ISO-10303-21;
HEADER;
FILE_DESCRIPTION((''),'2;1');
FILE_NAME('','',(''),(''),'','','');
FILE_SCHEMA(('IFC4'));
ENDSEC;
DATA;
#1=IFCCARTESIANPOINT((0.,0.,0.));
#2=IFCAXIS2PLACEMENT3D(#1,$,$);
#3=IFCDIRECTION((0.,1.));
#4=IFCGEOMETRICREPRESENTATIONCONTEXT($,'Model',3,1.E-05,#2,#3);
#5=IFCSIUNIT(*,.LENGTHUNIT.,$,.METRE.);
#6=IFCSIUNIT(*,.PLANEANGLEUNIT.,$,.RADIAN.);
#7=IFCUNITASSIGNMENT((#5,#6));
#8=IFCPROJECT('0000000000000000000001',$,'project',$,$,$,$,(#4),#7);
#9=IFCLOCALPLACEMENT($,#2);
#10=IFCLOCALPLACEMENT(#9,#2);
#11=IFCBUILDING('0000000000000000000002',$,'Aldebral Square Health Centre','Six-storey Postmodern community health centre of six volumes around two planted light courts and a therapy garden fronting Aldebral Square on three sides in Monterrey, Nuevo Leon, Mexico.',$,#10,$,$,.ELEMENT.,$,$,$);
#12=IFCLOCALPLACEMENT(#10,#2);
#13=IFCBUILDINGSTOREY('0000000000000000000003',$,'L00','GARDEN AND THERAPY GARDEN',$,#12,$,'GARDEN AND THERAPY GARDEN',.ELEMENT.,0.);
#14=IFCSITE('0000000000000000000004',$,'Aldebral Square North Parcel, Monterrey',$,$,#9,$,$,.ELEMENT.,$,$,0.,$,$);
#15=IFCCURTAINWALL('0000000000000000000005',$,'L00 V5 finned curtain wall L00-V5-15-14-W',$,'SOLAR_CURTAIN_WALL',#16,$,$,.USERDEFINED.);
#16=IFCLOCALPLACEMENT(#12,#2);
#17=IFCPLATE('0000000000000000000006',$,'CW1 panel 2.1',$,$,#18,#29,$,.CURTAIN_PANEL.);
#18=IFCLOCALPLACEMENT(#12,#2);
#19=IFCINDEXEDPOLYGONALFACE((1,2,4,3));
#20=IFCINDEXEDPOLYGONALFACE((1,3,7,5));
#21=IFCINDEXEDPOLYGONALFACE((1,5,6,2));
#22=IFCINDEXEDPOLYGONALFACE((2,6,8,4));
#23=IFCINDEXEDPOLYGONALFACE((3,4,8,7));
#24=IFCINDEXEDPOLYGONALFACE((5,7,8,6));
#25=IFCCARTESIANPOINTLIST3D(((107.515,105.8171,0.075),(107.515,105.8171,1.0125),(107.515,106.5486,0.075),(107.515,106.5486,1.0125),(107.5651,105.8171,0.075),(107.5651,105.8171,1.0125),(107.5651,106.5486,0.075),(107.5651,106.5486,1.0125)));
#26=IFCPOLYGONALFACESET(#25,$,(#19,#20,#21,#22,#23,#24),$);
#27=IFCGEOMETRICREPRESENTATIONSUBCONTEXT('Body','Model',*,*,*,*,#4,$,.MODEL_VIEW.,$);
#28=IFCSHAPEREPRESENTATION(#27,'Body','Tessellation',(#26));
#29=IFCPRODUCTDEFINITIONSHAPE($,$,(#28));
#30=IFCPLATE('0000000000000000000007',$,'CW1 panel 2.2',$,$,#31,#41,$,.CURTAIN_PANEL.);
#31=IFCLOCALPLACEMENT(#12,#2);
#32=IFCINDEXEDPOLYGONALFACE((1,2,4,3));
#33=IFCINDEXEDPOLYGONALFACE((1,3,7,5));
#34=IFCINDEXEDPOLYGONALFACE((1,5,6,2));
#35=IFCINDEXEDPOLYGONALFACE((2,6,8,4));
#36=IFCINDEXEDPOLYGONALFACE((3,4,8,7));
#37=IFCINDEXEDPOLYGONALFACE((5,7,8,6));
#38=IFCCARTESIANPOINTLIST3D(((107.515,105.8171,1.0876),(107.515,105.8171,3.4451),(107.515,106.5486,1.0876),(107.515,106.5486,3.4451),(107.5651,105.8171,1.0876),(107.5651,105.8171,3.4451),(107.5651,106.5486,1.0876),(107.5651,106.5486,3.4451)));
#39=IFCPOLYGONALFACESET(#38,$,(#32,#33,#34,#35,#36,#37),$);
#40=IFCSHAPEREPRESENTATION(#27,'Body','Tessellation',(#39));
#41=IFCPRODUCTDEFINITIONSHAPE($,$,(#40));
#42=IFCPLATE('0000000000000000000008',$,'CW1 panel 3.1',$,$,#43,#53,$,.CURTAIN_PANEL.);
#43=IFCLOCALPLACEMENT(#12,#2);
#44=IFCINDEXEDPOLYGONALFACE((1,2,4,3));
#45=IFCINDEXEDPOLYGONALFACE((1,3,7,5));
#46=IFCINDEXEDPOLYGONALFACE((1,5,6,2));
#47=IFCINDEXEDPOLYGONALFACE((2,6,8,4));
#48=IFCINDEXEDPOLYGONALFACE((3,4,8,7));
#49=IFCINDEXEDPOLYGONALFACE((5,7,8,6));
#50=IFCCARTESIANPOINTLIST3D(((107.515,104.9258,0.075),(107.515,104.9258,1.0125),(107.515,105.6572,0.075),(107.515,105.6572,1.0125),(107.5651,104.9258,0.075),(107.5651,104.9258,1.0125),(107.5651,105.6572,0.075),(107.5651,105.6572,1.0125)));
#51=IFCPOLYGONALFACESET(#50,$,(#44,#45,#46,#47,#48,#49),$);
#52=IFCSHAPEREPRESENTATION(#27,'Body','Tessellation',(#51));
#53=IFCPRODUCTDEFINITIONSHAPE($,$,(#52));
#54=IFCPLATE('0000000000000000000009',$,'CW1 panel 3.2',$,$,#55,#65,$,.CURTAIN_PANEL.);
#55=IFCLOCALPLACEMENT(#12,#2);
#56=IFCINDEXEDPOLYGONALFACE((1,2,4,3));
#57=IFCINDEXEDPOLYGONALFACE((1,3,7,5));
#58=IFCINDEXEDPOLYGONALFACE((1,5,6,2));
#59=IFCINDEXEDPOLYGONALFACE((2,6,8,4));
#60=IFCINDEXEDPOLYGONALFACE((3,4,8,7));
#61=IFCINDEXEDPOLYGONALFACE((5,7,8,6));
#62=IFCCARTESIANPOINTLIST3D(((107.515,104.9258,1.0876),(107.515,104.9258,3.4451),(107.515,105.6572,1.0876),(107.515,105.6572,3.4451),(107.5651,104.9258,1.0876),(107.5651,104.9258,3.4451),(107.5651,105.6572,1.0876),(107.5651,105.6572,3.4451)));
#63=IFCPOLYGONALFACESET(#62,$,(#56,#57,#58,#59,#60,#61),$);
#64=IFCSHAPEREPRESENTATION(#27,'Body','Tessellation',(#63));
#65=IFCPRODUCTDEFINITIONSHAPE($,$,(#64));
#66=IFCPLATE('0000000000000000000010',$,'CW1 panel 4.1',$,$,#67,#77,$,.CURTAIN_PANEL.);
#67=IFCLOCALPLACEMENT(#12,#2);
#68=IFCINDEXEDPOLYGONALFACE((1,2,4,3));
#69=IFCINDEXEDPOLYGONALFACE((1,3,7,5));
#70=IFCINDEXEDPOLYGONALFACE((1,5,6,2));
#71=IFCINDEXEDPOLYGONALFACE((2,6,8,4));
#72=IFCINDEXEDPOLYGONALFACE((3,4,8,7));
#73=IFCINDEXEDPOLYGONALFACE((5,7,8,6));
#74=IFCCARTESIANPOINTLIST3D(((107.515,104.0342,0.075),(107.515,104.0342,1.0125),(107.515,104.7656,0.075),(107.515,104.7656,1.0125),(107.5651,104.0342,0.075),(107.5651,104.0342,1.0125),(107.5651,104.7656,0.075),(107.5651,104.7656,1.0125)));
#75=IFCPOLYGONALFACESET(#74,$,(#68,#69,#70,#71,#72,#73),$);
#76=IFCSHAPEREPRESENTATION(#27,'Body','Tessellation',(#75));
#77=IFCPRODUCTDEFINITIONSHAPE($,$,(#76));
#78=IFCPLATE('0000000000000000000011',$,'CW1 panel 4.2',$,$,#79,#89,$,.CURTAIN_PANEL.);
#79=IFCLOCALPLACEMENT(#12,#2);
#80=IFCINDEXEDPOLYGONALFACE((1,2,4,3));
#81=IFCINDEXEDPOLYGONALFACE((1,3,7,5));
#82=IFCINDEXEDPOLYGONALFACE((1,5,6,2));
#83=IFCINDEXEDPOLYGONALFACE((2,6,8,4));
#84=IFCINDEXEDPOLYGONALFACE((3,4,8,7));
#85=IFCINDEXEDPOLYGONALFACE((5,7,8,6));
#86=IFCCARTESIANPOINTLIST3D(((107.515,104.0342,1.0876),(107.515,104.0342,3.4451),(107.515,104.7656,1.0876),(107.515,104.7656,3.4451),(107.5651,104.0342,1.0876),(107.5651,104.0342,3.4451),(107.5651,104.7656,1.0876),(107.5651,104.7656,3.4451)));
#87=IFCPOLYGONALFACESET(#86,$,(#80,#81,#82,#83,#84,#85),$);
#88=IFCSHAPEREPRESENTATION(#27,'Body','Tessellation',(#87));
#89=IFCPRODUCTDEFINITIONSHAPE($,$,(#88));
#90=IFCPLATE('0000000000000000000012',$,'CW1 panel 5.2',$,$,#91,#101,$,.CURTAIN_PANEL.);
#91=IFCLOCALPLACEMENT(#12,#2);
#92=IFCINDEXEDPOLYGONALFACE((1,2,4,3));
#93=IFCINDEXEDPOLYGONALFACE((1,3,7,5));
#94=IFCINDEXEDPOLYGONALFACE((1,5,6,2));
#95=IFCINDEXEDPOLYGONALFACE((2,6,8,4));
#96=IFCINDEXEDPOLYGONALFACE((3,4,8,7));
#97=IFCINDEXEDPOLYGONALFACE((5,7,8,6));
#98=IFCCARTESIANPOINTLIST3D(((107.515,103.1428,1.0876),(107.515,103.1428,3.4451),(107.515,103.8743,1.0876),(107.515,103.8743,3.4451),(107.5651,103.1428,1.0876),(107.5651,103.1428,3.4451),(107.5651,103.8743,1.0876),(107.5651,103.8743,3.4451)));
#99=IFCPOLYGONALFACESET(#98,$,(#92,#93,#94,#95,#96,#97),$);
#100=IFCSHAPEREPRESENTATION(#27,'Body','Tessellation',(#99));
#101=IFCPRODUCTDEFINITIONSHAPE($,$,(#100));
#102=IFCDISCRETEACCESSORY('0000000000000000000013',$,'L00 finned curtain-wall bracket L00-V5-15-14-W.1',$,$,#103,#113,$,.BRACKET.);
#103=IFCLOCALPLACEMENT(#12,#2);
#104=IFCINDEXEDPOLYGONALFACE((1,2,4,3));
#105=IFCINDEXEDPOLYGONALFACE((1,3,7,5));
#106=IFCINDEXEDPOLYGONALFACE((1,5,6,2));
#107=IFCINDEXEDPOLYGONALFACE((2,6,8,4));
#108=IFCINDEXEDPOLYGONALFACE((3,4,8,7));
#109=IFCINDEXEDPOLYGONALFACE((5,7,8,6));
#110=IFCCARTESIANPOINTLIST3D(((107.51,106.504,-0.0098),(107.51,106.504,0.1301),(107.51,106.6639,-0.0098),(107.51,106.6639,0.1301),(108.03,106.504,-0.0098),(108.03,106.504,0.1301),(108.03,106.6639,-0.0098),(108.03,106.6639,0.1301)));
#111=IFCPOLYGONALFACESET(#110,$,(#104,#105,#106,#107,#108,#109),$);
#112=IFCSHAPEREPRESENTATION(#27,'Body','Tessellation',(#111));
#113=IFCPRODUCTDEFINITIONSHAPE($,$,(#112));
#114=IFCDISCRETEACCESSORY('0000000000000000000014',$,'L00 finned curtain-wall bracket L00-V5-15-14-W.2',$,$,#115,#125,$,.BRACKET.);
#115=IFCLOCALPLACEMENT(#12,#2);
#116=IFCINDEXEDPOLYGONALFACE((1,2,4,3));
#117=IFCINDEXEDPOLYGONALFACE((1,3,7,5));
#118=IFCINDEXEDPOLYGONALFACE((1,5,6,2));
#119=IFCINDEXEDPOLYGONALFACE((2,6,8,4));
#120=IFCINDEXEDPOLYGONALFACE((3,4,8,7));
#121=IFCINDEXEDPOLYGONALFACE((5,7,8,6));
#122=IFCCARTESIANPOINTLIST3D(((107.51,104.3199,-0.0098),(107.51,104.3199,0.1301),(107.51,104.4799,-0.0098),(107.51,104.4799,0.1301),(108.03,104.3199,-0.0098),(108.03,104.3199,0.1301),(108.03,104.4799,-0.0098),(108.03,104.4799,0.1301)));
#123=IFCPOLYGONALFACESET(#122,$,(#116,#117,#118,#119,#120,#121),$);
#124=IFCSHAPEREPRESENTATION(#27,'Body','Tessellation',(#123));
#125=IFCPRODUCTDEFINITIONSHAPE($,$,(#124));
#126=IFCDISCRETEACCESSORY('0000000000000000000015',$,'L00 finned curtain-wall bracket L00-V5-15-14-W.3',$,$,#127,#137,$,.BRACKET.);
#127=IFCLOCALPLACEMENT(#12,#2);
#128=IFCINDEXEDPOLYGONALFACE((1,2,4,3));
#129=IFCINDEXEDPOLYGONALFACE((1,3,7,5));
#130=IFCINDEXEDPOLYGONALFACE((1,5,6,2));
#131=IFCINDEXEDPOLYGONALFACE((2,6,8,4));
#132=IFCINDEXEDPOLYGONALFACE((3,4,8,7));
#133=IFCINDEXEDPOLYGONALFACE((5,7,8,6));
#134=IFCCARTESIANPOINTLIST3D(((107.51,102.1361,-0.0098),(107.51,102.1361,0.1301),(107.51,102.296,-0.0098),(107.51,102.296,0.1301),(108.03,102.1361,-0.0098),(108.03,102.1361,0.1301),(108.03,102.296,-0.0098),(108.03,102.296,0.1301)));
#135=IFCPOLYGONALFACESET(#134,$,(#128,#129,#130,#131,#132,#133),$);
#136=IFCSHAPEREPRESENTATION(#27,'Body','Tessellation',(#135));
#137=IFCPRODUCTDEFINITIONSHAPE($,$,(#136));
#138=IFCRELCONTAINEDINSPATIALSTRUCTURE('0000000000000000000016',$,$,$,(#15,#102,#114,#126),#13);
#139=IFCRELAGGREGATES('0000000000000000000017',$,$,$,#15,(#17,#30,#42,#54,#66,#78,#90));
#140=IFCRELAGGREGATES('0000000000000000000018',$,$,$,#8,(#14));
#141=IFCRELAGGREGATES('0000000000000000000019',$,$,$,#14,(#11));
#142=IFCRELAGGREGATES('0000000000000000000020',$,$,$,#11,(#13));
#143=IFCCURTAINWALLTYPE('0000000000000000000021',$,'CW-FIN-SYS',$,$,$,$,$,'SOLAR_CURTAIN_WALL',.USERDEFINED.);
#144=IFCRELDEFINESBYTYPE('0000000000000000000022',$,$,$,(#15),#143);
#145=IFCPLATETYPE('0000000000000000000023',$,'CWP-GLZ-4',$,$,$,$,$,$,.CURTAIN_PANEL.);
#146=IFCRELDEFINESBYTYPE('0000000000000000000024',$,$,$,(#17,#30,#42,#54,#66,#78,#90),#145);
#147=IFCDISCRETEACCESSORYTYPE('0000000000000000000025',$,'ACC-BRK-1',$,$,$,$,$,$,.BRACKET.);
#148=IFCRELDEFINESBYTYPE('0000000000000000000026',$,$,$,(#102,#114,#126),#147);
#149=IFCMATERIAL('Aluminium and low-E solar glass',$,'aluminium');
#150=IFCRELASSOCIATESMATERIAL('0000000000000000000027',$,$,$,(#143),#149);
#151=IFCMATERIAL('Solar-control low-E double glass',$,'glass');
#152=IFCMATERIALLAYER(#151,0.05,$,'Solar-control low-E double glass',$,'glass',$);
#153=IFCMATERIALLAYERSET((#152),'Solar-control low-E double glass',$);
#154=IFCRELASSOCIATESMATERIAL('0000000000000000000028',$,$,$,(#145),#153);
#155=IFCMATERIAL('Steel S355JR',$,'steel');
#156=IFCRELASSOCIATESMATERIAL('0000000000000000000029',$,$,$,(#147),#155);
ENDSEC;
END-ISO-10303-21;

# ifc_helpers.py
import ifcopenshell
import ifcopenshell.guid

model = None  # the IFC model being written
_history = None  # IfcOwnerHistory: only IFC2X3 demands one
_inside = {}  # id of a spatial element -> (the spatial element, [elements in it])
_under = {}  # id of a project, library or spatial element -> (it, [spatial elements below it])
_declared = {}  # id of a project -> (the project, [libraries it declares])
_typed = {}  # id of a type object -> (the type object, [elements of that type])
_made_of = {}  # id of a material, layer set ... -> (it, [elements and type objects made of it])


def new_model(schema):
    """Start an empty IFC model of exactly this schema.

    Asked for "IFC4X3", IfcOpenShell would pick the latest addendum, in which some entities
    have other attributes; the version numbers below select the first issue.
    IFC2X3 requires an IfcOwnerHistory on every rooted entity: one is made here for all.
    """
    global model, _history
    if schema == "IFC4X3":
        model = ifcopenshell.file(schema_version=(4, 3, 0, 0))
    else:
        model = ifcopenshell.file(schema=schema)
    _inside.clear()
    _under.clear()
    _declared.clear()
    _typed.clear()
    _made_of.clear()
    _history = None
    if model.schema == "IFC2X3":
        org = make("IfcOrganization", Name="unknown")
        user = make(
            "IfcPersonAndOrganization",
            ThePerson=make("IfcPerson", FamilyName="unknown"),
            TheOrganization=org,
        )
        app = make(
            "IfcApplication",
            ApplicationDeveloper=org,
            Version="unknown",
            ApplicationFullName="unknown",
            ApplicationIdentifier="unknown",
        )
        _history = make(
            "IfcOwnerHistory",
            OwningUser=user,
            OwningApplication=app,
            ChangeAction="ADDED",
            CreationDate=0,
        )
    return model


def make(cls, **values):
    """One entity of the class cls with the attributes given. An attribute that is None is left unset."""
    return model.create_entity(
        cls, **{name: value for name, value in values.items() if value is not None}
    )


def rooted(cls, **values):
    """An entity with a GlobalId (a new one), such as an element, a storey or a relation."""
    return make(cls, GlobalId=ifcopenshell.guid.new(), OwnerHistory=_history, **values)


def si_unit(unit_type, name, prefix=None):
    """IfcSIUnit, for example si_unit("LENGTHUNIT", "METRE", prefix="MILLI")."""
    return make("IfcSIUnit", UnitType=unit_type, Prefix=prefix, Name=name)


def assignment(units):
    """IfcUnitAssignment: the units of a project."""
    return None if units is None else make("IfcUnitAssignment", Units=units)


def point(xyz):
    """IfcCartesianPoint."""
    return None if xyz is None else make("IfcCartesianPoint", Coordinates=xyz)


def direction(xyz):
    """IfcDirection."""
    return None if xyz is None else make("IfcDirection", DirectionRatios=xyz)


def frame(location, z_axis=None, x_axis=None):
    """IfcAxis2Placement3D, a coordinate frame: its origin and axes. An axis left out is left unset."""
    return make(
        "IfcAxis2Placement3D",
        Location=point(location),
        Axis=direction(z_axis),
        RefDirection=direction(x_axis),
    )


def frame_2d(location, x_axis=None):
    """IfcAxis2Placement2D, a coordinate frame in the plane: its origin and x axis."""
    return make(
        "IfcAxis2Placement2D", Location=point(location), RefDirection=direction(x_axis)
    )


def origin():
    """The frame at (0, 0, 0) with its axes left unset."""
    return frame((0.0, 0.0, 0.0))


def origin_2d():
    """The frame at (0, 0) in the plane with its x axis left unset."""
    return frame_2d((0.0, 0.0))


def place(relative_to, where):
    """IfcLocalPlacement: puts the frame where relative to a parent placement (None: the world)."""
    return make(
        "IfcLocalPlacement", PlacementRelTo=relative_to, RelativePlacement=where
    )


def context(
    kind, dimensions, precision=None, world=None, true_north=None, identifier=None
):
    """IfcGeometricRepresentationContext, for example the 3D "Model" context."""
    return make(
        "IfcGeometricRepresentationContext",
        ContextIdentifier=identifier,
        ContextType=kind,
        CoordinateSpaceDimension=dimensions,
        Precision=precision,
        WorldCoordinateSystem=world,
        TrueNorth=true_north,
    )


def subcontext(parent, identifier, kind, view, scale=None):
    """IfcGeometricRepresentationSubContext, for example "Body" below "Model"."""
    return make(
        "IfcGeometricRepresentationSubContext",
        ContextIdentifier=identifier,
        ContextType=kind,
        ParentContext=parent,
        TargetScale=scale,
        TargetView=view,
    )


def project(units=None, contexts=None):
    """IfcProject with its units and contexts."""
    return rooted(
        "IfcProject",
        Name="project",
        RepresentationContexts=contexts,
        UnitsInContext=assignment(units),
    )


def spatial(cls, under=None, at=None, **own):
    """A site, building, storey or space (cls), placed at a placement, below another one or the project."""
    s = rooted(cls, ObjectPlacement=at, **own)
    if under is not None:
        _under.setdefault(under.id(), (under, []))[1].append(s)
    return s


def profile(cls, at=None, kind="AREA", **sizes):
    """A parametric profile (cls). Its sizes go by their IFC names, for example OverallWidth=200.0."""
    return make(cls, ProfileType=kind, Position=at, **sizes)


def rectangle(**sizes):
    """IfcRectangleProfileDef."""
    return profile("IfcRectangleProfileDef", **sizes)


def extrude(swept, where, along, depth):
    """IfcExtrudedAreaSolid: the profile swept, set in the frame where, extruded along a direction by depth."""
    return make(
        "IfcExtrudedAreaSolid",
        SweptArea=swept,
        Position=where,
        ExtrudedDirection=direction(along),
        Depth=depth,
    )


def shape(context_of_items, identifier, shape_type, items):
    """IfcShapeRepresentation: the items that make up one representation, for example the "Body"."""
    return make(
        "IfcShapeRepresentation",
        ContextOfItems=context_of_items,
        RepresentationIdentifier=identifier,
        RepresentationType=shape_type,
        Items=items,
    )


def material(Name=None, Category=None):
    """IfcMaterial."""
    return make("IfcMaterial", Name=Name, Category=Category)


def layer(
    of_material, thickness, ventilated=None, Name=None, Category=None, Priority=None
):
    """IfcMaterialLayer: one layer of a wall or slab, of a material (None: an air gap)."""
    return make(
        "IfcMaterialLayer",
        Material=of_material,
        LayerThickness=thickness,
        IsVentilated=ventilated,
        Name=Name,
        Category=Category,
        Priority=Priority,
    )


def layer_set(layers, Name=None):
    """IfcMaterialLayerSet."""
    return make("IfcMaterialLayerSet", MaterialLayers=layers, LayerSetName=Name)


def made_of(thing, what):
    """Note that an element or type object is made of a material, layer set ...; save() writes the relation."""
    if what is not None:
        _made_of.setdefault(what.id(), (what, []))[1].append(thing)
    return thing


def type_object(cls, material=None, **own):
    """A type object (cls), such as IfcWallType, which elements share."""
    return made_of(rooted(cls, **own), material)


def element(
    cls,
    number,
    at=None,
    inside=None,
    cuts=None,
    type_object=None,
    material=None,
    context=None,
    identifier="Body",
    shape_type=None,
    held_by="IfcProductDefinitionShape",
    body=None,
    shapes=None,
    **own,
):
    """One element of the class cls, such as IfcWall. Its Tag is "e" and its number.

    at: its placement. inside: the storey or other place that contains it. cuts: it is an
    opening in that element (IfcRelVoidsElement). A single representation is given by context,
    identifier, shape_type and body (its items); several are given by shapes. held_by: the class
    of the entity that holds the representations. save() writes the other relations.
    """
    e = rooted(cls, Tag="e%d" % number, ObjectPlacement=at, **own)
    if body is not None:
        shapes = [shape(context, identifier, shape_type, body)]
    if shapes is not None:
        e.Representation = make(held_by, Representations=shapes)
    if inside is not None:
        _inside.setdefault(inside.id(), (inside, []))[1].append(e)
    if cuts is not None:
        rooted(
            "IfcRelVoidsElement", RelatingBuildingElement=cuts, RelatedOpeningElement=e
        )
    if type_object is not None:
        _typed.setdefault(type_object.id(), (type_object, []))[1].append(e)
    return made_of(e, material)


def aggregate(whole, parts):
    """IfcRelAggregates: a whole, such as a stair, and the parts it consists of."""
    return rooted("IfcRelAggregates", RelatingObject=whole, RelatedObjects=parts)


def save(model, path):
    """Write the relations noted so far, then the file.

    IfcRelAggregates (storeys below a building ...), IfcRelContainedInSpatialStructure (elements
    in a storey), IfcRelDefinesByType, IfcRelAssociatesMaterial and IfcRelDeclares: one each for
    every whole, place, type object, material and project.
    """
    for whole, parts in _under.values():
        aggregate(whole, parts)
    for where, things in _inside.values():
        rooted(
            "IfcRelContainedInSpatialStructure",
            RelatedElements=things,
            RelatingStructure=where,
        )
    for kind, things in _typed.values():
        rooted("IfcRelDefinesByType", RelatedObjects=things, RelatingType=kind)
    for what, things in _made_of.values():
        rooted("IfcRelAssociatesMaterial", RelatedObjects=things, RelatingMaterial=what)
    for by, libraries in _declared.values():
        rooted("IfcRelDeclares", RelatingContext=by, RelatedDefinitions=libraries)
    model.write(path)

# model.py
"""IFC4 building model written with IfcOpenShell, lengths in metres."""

from ifc_helpers import new_model, si_unit, direction, frame, origin, origin_2d, place, context, subcontext, project, spatial, rectangle, extrude, material, layer, layer_set, type_object, element, aggregate, save


model = new_model("IFC4")

# Units and contexts
model_context = context("Model", 3, precision=1e-05, world=origin(), true_north=direction((0.0, 1.0)))
body_context = subcontext(model_context, "Body", "Model", "MODEL_VIEW")
ifc_project = project(units=[si_unit("LENGTHUNIT", "METRE"), si_unit("PLANEANGLEUNIT", "RADIAN")], contexts=[model_context])

# Site, building, storey
site_placement = place(None, origin())
site = spatial("IfcSite", under=ifc_project, at=site_placement, Name="Aldebral Square North Parcel, Monterrey", CompositionType="ELEMENT", RefElevation=0.0)
building_placement = place(site_placement, origin())
building = spatial("IfcBuilding", under=site, at=building_placement, Name="Aldebral Square Health Centre", Description="Six-storey Postmodern community health centre of six volumes around two planted light courts and a therapy garden fronting Aldebral Square on three sides in Monterrey, Nuevo Leon, Mexico.", CompositionType="ELEMENT")
storey_placement = place(building_placement, origin())
storey = spatial("IfcBuildingStorey", under=building, at=storey_placement, Name="L00", Description="GARDEN AND THERAPY GARDEN", LongName="GARDEN AND THERAPY GARDEN", CompositionType="ELEMENT", Elevation=0.0)

# Curtain wall, plates
ifc_material_1 = material(Name="Aluminium and low-E solar glass", Category="aluminium")
curtain_wall_type = type_object("IfcCurtainWallType", Name="CW-FIN-SYS", ElementType="SOLAR_CURTAIN_WALL", PredefinedType="USERDEFINED", material=ifc_material_1)
curtain_wall_placement = place(storey_placement, origin())
curtain_wall = element("IfcCurtainWall", 1, at=curtain_wall_placement, inside=storey, type_object=curtain_wall_type, Name="L00 V5 finned curtain wall L00-V5-15-14-W", ObjectType="SOLAR_CURTAIN_WALL", PredefinedType="USERDEFINED")
ifc_material_2 = material(Name="Solar-control low-E double glass", Category="glass")
ifc_layer_1 = layer(ifc_material_2, 0.05, Name="Solar-control low-E double glass", Category="glass")
ifc_layer_set_1 = layer_set([ifc_layer_1], Name="Solar-control low-E double glass")
plate_type = type_object("IfcPlateType", Name="CWP-GLZ-4", PredefinedType="CURTAIN_PANEL", material=ifc_layer_set_1)
plate_1_placement = place(storey_placement, frame((107.54, 106.1829, 0.075), z_axis=(0.0, 0.0, 1.0), x_axis=(0.0, -1.0, 0.0)))
plate_1 = element("IfcPlate", 2, at=plate_1_placement, type_object=plate_type, Name="CW1 panel 2.1", PredefinedType="CURTAIN_PANEL", context=body_context, shape_type="SweptSolid", body=[
    extrude(rectangle(XDim=0.7314, YDim=0.05, at=origin_2d()), origin(), (0.0, 0.0, 1.0), 0.9375),
])
plate_2_placement = place(storey_placement, frame((107.54, 106.1829, 1.0876), z_axis=(0.0, 0.0, 1.0), x_axis=(0.0, -1.0, 0.0)))
plate_2 = element("IfcPlate", 3, at=plate_2_placement, type_object=plate_type, Name="CW1 panel 2.2", PredefinedType="CURTAIN_PANEL", context=body_context, shape_type="SweptSolid", body=[
    extrude(rectangle(XDim=0.7314, YDim=0.05, at=origin_2d()), origin(), (0.0, 0.0, 1.0), 2.3574),
])
plate_3_placement = place(storey_placement, frame((107.54, 105.2915, 0.075), z_axis=(0.0, 0.0, 1.0), x_axis=(0.0, -1.0, 0.0)))
plate_3 = element("IfcPlate", 4, at=plate_3_placement, type_object=plate_type, Name="CW1 panel 3.1", PredefinedType="CURTAIN_PANEL", context=body_context, shape_type="SweptSolid", body=[
    extrude(rectangle(XDim=0.7314, YDim=0.05, at=origin_2d()), origin(), (0.0, 0.0, 1.0), 0.9375),
])
plate_4_placement = place(storey_placement, frame((107.54, 105.2915, 1.0876), z_axis=(0.0, 0.0, 1.0), x_axis=(0.0, -1.0, 0.0)))
plate_4 = element("IfcPlate", 5, at=plate_4_placement, type_object=plate_type, Name="CW1 panel 3.2", PredefinedType="CURTAIN_PANEL", context=body_context, shape_type="SweptSolid", body=[
    extrude(rectangle(XDim=0.7314, YDim=0.05, at=origin_2d()), origin(), (0.0, 0.0, 1.0), 2.3574),
])
plate_5_placement = place(storey_placement, frame((107.54, 104.3999, 0.075), z_axis=(0.0, 0.0, 1.0), x_axis=(0.0, -1.0, 0.0)))
plate_5 = element("IfcPlate", 6, at=plate_5_placement, type_object=plate_type, Name="CW1 panel 4.1", PredefinedType="CURTAIN_PANEL", context=body_context, shape_type="SweptSolid", body=[
    extrude(rectangle(XDim=0.7314, YDim=0.05, at=origin_2d()), origin(), (0.0, 0.0, 1.0), 0.9375),
])
plate_6_placement = place(storey_placement, frame((107.54, 104.3999, 1.0876), z_axis=(0.0, 0.0, 1.0), x_axis=(0.0, -1.0, 0.0)))
plate_6 = element("IfcPlate", 7, at=plate_6_placement, type_object=plate_type, Name="CW1 panel 4.2", PredefinedType="CURTAIN_PANEL", context=body_context, shape_type="SweptSolid", body=[
    extrude(rectangle(XDim=0.7314, YDim=0.05, at=origin_2d()), origin(), (0.0, 0.0, 1.0), 2.3574),
])
plate_7_placement = place(storey_placement, frame((107.54, 103.5085, 1.0876), z_axis=(0.0, 0.0, 1.0), x_axis=(0.0, -1.0, 0.0)))
plate_7 = element("IfcPlate", 8, at=plate_7_placement, type_object=plate_type, Name="CW1 panel 5.2", PredefinedType="CURTAIN_PANEL", context=body_context, shape_type="SweptSolid", body=[
    extrude(rectangle(XDim=0.7314, YDim=0.05, at=origin_2d()), origin(), (0.0, 0.0, 1.0), 2.3574),
])
aggregate(curtain_wall, [plate_1, plate_2, plate_3, plate_4, plate_5, plate_6, plate_7])

# Discrete accessories
ifc_material_3 = material(Name="Steel S355JR", Category="steel")
discrete_accessory_type = type_object("IfcDiscreteAccessoryType", Name="ACC-BRK-1", PredefinedType="BRACKET", material=ifc_material_3)
for number, where, z_axis, x_axis, name in (
    (9, (107.77, 106.584, -0.0098), (0.0, 0.0, 1.0), (0.0, 1.0, 0.0), "L00 finned curtain-wall bracket L00-V5-15-14-W.1"),
    (10, (107.77, 104.3999, -0.0098), (0.0, 0.0, 1.0), (0.0, 1.0, 0.0), "L00 finned curtain-wall bracket L00-V5-15-14-W.2"),
    (11, (107.77, 102.2161, -0.0098), (0.0, 0.0, 1.0), (0.0, 1.0, 0.0), "L00 finned curtain-wall bracket L00-V5-15-14-W.3"),
):
    element("IfcDiscreteAccessory", number, at=place(storey_placement, frame(where, z_axis=z_axis, x_axis=x_axis)), inside=storey, type_object=discrete_accessory_type, Name=name, PredefinedType="BRACKET", context=body_context, shape_type="SweptSolid", body=[
        extrude(rectangle(XDim=0.1599, YDim=0.52, at=origin_2d()), origin(), (0.0, 0.0, 1.0), 0.1399),
    ])

save(model, "model.ifc")
